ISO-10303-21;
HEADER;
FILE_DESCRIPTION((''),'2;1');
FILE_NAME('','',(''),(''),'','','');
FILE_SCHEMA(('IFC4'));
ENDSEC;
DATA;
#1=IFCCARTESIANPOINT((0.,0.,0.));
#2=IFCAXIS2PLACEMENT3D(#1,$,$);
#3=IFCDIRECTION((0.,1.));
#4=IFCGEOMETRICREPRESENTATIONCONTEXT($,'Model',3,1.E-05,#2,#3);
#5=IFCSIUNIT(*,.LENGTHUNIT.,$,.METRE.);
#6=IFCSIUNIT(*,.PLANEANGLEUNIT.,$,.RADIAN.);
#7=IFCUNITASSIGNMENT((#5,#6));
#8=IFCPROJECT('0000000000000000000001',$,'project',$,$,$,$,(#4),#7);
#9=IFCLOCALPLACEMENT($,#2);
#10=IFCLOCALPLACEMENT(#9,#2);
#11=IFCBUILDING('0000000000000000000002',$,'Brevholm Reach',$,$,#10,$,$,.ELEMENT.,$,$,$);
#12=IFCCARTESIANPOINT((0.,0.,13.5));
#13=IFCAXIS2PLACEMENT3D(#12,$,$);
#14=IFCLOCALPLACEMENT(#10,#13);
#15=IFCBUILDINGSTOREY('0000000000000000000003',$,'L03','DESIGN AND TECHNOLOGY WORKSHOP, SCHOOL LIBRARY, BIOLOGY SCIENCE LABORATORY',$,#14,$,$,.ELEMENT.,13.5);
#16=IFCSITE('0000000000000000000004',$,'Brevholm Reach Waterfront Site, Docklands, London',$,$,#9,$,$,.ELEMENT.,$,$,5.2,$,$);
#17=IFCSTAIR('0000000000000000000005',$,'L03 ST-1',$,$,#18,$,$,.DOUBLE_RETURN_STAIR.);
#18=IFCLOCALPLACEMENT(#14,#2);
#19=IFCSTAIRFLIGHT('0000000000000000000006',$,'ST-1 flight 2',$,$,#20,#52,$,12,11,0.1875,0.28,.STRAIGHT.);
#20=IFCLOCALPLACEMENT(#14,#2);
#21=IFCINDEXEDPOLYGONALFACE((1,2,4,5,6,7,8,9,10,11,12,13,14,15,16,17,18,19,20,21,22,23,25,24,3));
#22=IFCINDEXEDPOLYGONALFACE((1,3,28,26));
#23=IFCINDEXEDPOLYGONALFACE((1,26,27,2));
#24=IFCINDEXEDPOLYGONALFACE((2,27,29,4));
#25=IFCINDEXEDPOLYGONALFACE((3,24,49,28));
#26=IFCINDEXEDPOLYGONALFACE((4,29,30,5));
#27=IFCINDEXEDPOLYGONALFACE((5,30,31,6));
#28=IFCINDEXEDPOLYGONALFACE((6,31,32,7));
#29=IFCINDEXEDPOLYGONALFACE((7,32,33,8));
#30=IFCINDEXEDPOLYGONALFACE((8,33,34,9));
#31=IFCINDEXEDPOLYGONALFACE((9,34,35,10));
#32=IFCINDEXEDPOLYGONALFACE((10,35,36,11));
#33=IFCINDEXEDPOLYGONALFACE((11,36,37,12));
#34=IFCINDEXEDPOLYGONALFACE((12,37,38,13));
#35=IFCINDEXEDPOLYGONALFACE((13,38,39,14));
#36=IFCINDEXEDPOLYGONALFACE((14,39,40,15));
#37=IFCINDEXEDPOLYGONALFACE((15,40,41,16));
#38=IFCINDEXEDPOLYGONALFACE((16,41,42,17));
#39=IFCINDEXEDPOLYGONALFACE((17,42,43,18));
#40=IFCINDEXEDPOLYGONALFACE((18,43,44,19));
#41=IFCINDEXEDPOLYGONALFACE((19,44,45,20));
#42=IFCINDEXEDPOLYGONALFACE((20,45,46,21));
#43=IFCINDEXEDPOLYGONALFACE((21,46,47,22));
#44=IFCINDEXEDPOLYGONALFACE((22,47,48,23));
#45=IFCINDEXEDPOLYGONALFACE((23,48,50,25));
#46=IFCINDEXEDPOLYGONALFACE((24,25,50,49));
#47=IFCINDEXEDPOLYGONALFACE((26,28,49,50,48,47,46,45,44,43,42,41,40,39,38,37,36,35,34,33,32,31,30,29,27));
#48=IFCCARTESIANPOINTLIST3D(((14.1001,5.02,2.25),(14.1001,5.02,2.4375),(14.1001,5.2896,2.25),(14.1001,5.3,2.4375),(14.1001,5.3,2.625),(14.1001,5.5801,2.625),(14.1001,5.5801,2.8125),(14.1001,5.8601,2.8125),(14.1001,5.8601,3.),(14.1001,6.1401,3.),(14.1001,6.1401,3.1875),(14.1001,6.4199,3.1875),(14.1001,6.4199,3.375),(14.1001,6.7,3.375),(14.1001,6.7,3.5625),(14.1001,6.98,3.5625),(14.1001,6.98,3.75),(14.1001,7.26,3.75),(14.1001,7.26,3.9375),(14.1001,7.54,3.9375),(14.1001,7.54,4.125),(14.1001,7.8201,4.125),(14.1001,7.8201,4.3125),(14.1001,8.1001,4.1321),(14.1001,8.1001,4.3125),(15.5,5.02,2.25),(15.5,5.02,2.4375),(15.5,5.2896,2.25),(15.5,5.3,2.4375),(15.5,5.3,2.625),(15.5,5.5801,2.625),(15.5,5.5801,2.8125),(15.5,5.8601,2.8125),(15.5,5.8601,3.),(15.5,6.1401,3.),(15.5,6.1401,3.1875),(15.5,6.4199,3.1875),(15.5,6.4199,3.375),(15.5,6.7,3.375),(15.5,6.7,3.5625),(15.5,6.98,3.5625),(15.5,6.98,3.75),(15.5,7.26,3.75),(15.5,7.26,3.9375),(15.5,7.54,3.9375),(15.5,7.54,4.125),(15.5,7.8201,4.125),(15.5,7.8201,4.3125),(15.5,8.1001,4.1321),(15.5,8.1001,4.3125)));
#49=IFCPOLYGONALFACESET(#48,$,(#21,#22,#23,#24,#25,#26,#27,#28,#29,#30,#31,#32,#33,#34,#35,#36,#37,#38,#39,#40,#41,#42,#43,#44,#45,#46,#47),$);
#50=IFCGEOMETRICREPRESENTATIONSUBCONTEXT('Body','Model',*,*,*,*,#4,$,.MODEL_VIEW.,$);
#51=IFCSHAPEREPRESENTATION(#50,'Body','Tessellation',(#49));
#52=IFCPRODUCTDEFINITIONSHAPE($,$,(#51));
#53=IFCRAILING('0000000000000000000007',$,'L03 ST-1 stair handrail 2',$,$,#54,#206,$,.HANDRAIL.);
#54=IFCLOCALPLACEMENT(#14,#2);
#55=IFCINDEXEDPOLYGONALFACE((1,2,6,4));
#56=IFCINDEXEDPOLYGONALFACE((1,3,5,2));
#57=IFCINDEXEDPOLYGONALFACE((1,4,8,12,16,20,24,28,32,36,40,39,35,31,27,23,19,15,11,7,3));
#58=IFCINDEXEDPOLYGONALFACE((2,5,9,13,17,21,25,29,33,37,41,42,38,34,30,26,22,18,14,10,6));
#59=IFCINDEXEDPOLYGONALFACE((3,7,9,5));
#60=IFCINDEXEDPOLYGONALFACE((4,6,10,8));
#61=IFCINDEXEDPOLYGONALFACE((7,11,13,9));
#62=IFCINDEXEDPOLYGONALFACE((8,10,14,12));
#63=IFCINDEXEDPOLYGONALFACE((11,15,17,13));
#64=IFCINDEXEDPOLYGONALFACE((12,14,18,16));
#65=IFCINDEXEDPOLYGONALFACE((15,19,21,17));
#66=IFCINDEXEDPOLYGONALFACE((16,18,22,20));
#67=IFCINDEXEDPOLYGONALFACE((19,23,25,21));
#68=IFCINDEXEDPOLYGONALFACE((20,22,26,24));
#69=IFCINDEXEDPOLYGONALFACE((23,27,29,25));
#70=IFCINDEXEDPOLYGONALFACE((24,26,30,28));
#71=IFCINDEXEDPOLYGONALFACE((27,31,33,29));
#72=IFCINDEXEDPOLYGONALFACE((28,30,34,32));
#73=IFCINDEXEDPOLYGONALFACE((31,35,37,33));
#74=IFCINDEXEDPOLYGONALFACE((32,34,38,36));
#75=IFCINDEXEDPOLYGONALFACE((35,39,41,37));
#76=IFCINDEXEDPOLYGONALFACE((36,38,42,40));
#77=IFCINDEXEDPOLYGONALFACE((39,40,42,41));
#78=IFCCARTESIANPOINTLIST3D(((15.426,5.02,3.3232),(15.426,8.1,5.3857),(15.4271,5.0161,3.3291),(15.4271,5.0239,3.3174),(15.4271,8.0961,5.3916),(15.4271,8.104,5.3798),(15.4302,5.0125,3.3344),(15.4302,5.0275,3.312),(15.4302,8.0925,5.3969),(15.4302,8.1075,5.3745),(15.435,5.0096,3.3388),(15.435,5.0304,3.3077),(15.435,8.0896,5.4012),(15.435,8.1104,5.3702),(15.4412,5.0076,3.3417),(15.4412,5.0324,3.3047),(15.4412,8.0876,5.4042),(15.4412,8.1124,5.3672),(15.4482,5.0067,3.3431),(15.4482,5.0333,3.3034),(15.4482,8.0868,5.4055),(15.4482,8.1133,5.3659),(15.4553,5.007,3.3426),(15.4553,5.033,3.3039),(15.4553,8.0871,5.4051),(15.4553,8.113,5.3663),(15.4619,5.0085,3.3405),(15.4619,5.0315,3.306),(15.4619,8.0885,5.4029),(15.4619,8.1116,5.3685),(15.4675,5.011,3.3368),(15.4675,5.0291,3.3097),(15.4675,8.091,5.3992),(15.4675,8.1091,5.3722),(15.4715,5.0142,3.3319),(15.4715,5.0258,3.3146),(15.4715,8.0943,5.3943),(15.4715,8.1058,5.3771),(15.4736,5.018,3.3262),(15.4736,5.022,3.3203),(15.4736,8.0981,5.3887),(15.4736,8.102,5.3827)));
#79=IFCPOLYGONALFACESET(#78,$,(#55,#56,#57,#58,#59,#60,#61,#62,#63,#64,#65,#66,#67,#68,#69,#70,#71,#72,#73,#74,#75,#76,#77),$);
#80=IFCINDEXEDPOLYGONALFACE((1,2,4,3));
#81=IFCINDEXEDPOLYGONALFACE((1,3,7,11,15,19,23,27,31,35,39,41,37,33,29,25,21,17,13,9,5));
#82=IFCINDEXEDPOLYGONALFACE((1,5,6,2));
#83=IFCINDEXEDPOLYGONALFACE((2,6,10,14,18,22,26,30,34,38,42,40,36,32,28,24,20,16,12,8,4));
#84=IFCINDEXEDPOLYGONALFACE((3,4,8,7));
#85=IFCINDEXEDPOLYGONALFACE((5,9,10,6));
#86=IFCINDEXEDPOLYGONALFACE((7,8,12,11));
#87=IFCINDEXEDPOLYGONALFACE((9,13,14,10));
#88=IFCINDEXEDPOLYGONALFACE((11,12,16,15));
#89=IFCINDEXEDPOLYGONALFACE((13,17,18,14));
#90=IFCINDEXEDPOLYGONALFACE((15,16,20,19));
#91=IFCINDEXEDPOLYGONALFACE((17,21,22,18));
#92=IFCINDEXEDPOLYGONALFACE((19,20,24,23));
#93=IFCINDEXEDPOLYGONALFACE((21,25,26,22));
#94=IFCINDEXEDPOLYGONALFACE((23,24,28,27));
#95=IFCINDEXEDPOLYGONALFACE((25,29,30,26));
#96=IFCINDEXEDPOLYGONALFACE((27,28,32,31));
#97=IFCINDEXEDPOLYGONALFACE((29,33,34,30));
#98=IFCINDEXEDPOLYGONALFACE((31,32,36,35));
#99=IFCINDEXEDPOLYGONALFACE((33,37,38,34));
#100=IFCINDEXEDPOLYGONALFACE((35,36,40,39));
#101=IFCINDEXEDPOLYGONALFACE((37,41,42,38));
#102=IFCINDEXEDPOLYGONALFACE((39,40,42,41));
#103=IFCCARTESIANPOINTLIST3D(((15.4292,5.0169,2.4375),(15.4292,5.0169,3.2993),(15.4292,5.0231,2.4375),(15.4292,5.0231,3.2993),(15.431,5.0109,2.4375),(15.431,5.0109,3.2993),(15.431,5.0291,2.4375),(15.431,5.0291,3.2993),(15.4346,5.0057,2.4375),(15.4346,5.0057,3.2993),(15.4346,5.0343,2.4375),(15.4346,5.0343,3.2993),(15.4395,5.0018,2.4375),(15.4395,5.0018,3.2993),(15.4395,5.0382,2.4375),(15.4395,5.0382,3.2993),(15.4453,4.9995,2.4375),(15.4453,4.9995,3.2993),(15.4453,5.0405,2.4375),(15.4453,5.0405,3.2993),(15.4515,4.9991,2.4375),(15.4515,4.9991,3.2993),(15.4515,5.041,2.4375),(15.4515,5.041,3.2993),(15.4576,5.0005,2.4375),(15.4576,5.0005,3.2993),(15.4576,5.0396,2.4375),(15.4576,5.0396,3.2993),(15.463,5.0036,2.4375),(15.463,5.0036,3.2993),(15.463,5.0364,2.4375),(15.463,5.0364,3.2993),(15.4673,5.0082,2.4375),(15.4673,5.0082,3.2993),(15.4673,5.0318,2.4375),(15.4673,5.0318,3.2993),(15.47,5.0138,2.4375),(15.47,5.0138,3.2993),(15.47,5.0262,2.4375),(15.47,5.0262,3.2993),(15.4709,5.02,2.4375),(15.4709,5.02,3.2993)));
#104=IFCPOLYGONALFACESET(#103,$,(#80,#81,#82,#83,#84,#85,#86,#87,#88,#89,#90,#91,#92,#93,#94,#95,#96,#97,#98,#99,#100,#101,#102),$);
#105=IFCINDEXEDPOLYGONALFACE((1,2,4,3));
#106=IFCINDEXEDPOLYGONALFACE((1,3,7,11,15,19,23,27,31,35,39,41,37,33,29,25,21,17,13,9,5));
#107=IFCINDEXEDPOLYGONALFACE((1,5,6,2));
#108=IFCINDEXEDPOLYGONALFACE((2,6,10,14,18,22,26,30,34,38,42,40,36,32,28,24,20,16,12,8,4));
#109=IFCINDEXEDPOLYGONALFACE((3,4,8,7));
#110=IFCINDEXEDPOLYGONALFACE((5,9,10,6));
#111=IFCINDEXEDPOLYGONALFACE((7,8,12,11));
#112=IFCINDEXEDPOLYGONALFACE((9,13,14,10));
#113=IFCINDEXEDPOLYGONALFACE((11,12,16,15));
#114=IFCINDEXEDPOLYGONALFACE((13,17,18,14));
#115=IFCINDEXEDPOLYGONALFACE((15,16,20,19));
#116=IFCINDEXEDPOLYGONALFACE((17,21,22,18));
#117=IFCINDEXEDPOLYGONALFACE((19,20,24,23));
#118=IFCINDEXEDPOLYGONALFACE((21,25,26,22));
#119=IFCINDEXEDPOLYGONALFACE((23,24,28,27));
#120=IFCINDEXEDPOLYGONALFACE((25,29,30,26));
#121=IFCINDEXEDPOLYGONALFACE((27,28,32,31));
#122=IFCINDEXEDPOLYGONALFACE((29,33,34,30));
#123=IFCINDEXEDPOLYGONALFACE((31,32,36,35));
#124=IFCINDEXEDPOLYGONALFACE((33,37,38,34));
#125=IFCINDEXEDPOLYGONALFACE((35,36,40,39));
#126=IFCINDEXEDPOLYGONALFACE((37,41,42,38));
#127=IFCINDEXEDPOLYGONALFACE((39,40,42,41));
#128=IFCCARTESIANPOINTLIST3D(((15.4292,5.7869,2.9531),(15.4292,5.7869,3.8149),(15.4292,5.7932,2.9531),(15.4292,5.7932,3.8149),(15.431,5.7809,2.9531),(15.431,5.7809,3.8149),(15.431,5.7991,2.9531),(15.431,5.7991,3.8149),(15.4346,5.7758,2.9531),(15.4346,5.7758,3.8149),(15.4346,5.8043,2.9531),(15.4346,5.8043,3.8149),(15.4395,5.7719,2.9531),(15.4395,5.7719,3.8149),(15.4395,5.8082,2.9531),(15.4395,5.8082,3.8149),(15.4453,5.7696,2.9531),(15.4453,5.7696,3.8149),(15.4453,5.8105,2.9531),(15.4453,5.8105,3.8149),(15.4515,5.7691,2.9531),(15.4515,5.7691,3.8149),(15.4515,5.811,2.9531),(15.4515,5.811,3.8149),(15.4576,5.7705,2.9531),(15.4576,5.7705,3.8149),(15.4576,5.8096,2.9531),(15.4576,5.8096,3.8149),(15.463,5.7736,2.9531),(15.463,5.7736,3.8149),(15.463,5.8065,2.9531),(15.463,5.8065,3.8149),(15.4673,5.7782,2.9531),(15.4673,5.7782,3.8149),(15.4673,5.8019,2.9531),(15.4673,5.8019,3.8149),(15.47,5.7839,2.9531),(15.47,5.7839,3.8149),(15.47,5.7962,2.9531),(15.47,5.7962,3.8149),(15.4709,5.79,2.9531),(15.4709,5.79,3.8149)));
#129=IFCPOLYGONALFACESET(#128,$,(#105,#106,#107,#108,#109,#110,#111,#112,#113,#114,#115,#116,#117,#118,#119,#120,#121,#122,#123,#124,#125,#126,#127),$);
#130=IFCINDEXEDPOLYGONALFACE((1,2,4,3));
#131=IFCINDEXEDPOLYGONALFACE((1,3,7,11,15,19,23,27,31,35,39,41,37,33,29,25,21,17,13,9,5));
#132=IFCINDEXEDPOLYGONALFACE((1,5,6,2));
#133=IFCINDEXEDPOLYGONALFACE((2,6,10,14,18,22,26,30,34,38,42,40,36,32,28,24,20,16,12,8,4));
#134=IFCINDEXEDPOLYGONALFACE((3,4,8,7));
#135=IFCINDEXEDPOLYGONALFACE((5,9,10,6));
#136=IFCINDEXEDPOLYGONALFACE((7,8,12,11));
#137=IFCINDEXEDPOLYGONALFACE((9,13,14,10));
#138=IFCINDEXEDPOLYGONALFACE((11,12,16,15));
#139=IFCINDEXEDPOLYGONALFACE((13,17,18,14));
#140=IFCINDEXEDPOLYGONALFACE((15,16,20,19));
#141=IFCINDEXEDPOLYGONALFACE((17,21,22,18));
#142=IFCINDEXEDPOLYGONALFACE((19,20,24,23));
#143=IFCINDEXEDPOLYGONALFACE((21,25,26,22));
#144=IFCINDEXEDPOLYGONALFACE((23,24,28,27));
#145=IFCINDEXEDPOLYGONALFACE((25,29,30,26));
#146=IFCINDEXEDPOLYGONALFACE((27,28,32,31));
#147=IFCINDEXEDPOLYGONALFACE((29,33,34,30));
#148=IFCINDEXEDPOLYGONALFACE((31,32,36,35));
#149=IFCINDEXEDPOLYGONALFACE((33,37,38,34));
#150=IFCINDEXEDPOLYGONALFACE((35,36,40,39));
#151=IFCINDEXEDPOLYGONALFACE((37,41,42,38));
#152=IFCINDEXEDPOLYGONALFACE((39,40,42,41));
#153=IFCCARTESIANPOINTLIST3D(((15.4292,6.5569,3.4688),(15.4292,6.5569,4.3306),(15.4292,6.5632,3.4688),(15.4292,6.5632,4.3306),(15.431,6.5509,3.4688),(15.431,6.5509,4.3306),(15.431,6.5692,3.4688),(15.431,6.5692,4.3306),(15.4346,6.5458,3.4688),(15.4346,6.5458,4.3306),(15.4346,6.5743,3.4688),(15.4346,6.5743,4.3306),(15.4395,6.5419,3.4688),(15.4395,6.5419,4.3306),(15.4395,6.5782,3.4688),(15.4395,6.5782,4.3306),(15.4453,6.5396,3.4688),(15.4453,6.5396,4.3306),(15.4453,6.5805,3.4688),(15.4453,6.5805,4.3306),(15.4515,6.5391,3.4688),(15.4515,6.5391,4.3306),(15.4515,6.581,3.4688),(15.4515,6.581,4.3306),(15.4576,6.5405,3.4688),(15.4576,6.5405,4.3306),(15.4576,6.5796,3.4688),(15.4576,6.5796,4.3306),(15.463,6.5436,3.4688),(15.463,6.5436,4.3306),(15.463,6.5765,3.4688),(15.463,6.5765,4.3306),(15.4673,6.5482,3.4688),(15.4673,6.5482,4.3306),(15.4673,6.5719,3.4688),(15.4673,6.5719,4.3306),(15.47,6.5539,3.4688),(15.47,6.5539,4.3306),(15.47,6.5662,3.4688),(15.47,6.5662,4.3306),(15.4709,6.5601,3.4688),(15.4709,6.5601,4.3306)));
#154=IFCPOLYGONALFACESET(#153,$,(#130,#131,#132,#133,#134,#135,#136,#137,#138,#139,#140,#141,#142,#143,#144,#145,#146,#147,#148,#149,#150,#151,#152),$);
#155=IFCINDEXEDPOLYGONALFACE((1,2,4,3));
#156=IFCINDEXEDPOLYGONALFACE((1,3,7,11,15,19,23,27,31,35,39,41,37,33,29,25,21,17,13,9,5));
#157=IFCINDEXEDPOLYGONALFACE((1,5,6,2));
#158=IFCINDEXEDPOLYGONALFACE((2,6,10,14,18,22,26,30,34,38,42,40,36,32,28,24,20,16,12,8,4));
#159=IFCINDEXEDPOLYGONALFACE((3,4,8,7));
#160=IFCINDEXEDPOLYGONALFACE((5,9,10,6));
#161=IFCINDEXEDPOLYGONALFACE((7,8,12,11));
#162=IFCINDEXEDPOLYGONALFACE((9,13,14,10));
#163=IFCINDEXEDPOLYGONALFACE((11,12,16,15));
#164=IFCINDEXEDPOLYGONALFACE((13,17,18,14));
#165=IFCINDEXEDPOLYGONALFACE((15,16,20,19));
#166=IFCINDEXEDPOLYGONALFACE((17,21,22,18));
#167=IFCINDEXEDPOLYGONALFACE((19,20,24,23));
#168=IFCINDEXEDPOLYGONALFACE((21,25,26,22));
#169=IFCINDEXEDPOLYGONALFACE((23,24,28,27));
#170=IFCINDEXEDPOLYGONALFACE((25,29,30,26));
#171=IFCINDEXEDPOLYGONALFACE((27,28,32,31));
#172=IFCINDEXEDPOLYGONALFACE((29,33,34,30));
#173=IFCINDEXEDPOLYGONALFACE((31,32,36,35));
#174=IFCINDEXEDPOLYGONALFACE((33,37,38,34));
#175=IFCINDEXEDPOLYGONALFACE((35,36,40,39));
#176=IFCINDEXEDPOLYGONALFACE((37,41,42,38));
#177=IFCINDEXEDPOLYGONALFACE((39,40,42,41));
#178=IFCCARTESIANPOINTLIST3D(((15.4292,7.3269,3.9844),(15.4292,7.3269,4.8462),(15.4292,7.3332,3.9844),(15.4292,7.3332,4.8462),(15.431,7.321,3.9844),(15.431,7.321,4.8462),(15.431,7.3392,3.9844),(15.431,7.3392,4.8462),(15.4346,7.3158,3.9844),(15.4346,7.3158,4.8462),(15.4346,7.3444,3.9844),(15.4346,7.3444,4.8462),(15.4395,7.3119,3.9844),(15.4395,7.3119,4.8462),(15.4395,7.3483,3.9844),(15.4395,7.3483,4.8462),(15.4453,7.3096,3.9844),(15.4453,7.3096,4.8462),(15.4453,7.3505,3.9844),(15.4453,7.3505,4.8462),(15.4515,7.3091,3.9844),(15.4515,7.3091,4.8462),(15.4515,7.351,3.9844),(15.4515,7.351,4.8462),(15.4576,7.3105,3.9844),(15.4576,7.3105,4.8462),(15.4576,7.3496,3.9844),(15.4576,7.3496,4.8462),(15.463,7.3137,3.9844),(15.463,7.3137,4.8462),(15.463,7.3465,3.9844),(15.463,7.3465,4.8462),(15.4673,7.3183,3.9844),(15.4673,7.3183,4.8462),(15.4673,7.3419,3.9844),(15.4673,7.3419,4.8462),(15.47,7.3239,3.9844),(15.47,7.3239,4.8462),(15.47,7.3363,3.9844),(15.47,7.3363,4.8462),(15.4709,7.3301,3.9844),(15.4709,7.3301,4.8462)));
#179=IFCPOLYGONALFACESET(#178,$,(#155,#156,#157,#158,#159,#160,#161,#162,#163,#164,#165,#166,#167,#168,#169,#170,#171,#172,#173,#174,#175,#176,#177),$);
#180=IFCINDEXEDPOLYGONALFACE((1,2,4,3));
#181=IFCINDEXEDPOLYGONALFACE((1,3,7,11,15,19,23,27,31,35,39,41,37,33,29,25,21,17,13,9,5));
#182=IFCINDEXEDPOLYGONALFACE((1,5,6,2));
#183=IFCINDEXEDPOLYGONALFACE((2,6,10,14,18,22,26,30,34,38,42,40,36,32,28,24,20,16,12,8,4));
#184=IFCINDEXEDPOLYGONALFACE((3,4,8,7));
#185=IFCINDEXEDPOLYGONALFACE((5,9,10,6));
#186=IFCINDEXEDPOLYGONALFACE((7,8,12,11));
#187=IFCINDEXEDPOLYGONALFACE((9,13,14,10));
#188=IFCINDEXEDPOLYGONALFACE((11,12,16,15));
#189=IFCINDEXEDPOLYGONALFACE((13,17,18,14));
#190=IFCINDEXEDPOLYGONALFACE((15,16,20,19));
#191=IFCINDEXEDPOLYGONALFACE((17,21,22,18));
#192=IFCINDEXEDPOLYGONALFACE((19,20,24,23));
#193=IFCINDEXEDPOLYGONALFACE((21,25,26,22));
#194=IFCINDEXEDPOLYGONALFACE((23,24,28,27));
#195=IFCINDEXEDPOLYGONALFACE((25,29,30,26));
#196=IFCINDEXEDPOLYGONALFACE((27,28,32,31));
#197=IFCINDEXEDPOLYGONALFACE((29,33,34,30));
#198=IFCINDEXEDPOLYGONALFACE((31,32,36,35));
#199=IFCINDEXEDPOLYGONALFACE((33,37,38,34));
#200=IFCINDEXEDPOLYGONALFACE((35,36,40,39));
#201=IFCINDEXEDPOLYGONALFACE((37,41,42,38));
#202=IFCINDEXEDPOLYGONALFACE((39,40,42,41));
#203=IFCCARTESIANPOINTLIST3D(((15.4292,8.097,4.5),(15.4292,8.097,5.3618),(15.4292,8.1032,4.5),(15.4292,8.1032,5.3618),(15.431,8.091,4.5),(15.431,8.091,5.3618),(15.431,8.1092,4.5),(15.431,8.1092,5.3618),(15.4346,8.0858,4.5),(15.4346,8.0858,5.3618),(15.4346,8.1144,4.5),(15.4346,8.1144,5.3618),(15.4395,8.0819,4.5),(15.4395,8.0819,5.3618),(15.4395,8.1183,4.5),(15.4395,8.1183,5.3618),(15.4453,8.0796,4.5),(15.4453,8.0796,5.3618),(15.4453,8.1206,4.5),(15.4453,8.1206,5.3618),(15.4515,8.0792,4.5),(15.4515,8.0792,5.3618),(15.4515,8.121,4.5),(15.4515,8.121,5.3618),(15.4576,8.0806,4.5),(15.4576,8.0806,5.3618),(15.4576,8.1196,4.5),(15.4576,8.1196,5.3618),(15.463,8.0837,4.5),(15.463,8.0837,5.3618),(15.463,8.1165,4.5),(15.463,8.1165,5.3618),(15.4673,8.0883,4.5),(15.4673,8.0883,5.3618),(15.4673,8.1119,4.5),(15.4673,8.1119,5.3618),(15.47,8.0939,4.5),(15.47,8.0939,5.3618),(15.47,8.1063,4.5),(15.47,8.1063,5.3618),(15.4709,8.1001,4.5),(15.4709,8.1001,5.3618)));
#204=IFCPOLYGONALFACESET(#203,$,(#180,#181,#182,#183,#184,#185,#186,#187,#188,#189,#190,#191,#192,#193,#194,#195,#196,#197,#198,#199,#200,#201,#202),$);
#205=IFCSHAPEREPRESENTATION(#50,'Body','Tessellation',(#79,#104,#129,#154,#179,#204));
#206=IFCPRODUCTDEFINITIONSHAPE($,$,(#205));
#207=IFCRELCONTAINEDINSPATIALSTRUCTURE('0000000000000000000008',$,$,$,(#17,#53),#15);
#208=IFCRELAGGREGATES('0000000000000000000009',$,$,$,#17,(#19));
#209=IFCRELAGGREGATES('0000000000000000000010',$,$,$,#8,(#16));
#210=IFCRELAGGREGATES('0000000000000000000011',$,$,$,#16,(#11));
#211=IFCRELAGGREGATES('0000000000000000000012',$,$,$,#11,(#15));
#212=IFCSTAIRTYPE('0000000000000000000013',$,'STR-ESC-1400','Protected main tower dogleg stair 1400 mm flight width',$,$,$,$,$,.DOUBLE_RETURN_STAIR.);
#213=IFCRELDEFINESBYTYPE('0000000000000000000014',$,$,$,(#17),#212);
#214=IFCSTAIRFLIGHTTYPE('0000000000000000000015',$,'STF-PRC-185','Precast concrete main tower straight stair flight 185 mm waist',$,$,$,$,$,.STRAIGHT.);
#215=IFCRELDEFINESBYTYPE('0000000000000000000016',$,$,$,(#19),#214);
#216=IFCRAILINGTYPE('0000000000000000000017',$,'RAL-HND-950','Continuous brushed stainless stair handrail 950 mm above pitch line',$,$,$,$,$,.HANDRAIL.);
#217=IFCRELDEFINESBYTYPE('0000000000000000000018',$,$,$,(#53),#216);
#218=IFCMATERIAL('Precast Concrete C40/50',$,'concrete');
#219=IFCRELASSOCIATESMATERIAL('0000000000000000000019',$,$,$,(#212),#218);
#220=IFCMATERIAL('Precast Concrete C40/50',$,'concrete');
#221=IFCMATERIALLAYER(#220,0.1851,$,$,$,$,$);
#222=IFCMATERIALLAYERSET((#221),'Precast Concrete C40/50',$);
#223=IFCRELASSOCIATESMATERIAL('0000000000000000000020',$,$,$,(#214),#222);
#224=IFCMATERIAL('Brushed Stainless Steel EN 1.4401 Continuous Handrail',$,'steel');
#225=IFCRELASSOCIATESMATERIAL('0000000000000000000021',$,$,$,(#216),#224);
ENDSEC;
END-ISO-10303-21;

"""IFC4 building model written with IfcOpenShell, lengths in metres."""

from ifc_helpers import new_model, si_unit, direction, frame, origin, origin_2d, place, context, subcontext, project, spatial, polyline, circle, outline, extrude, material, layer, layer_set, type_object, element, aggregate, save


model = new_model("IFC4")

# Units and contexts
model_context = context("Model", 3, precision=1e-05, world=origin(), true_north=direction((0.0, 1.0)))
body_context = subcontext(model_context, "Body", "Model", "MODEL_VIEW")
ifc_project = project(units=[si_unit("LENGTHUNIT", "METRE"), si_unit("PLANEANGLEUNIT", "RADIAN")], contexts=[model_context])

# Site, building, storey
site_placement = place(None, origin())
site = spatial("IfcSite", under=ifc_project, at=site_placement, Name="Brevholm Reach Waterfront Site, Docklands, London", CompositionType="ELEMENT", RefElevation=5.2)
building_placement = place(site_placement, origin())
building = spatial("IfcBuilding", under=site, at=building_placement, Name="Brevholm Reach", CompositionType="ELEMENT")
storey_placement = place(building_placement, frame((0.0, 0.0, 13.5)))
storey = spatial("IfcBuildingStorey", under=building, at=storey_placement, Name="L03", Description="DESIGN AND TECHNOLOGY WORKSHOP, SCHOOL LIBRARY, BIOLOGY SCIENCE LABORATORY", CompositionType="ELEMENT", Elevation=13.5)

# Stair, stair flight
ifc_material_1 = material(Name="Precast Concrete C40/50", Category="concrete")
stair_type = type_object("IfcStairType", Name="STR-ESC-1400", Description="Protected main tower dogleg stair 1400 mm flight width", PredefinedType="DOUBLE_RETURN_STAIR", material=ifc_material_1)
stair_placement = place(storey_placement, origin())
stair = element("IfcStair", 1, at=stair_placement, inside=storey, type_object=stair_type, Name="L03 ST-1", PredefinedType="DOUBLE_RETURN_STAIR")
ifc_material_2 = material(Name="Precast Concrete C40/50", Category="concrete")
ifc_layer_1 = layer(ifc_material_2, 0.1851)
ifc_layer_set_1 = layer_set([ifc_layer_1], Name="Precast Concrete C40/50")
stair_flight_type = type_object("IfcStairFlightType", Name="STF-PRC-185", Description="Precast concrete main tower straight stair flight 185 mm waist", PredefinedType="STRAIGHT", material=ifc_layer_set_1)
stair_flight_placement = place(storey_placement, frame((14.8, 5.02, 2.25), z_axis=(0.0, 0.0, 1.0), x_axis=(0.0, 1.0, 0.0)))
stair_flight = element("IfcStairFlight", 2, at=stair_flight_placement, type_object=stair_flight_type, Name="ST-1 flight 2", NumberOfRisers=12, NumberOfTreads=11, PredefinedType="STRAIGHT", RiserHeight=0.1875, TreadLength=0.28, context=body_context, shape_type="SweptSolid", body=[
    extrude(outline(polyline([(0.0, 0.0), (0.0, 0.1875), (0.28, 0.1875), (0.28, 0.375), (0.5601, 0.375), (0.5601, 0.5625), (0.8401, 0.5625), (0.8401, 0.75), (1.1201, 0.75), (1.1201, 0.9375), (1.3999, 0.9375), (1.3999, 1.125), (1.6799, 1.125), (1.6799, 1.3125), (1.96, 1.3125), (1.96, 1.5), (2.24, 1.5), (2.24, 1.6875), (2.52, 1.6875), (2.52, 1.875), (2.8, 1.875), (2.8, 2.0625), (3.0801, 2.0625), (3.0801, 2.25), (3.0801, 1.8821), (0.2695, 0.0), (0.0, 0.0)])), frame((0.0, 0.7, 0.0), z_axis=(0.0, -1.0, 0.0), x_axis=(1.0, 0.0, 0.0)), (0.0, 0.0, 1.0), 1.3999),
])
aggregate(stair, [stair_flight])

# Railing
ifc_material_3 = material(Name="Brushed Stainless Steel EN 1.4401 Continuous Handrail", Category="steel")
railing_type_1 = type_object("IfcRailingType", Name="RAL-HND-950", Description="Continuous brushed stainless stair handrail 950 mm above pitch line", PredefinedType="HANDRAIL", material=ifc_material_3)
railing_1_placement = place(storey_placement, frame((15.45, 5.02, 2.4375)))
element("IfcRailing", 3, at=railing_1_placement, inside=storey, type_object=railing_type_1, Name="L03 ST-1 stair handrail 2", PredefinedType="HANDRAIL", context=body_context, shape_type="SweptSolid", body=[
    extrude(circle(Radius=0.0239, at=origin_2d()), frame((0.0, 0.0, 0.8857), z_axis=(0.0, 0.830914, 0.556401), x_axis=(-1.0, 0.0, 0.0)), (0.0, 0.0, 1.0), 3.7068),
    extrude(circle(Radius=0.021, at=origin_2d()), origin(), (0.0, 0.0, 1.0), 0.8618),
    extrude(circle(Radius=0.021, at=origin_2d()), frame((0.0, 0.77, 0.5156)), (0.0, 0.0, 1.0), 0.8618),
    extrude(circle(Radius=0.021, at=origin_2d()), frame((0.0, 1.54, 1.0312)), (0.0, 0.0, 1.0), 0.8618),
    extrude(circle(Radius=0.021, at=origin_2d()), frame((0.0, 2.3101, 1.5469)), (0.0, 0.0, 1.0), 0.8618),
    extrude(circle(Radius=0.021, at=origin_2d()), frame((0.0, 3.0801, 2.0625)), (0.0, 0.0, 1.0), 0.8618),
])

save(model, "model.ifc")
